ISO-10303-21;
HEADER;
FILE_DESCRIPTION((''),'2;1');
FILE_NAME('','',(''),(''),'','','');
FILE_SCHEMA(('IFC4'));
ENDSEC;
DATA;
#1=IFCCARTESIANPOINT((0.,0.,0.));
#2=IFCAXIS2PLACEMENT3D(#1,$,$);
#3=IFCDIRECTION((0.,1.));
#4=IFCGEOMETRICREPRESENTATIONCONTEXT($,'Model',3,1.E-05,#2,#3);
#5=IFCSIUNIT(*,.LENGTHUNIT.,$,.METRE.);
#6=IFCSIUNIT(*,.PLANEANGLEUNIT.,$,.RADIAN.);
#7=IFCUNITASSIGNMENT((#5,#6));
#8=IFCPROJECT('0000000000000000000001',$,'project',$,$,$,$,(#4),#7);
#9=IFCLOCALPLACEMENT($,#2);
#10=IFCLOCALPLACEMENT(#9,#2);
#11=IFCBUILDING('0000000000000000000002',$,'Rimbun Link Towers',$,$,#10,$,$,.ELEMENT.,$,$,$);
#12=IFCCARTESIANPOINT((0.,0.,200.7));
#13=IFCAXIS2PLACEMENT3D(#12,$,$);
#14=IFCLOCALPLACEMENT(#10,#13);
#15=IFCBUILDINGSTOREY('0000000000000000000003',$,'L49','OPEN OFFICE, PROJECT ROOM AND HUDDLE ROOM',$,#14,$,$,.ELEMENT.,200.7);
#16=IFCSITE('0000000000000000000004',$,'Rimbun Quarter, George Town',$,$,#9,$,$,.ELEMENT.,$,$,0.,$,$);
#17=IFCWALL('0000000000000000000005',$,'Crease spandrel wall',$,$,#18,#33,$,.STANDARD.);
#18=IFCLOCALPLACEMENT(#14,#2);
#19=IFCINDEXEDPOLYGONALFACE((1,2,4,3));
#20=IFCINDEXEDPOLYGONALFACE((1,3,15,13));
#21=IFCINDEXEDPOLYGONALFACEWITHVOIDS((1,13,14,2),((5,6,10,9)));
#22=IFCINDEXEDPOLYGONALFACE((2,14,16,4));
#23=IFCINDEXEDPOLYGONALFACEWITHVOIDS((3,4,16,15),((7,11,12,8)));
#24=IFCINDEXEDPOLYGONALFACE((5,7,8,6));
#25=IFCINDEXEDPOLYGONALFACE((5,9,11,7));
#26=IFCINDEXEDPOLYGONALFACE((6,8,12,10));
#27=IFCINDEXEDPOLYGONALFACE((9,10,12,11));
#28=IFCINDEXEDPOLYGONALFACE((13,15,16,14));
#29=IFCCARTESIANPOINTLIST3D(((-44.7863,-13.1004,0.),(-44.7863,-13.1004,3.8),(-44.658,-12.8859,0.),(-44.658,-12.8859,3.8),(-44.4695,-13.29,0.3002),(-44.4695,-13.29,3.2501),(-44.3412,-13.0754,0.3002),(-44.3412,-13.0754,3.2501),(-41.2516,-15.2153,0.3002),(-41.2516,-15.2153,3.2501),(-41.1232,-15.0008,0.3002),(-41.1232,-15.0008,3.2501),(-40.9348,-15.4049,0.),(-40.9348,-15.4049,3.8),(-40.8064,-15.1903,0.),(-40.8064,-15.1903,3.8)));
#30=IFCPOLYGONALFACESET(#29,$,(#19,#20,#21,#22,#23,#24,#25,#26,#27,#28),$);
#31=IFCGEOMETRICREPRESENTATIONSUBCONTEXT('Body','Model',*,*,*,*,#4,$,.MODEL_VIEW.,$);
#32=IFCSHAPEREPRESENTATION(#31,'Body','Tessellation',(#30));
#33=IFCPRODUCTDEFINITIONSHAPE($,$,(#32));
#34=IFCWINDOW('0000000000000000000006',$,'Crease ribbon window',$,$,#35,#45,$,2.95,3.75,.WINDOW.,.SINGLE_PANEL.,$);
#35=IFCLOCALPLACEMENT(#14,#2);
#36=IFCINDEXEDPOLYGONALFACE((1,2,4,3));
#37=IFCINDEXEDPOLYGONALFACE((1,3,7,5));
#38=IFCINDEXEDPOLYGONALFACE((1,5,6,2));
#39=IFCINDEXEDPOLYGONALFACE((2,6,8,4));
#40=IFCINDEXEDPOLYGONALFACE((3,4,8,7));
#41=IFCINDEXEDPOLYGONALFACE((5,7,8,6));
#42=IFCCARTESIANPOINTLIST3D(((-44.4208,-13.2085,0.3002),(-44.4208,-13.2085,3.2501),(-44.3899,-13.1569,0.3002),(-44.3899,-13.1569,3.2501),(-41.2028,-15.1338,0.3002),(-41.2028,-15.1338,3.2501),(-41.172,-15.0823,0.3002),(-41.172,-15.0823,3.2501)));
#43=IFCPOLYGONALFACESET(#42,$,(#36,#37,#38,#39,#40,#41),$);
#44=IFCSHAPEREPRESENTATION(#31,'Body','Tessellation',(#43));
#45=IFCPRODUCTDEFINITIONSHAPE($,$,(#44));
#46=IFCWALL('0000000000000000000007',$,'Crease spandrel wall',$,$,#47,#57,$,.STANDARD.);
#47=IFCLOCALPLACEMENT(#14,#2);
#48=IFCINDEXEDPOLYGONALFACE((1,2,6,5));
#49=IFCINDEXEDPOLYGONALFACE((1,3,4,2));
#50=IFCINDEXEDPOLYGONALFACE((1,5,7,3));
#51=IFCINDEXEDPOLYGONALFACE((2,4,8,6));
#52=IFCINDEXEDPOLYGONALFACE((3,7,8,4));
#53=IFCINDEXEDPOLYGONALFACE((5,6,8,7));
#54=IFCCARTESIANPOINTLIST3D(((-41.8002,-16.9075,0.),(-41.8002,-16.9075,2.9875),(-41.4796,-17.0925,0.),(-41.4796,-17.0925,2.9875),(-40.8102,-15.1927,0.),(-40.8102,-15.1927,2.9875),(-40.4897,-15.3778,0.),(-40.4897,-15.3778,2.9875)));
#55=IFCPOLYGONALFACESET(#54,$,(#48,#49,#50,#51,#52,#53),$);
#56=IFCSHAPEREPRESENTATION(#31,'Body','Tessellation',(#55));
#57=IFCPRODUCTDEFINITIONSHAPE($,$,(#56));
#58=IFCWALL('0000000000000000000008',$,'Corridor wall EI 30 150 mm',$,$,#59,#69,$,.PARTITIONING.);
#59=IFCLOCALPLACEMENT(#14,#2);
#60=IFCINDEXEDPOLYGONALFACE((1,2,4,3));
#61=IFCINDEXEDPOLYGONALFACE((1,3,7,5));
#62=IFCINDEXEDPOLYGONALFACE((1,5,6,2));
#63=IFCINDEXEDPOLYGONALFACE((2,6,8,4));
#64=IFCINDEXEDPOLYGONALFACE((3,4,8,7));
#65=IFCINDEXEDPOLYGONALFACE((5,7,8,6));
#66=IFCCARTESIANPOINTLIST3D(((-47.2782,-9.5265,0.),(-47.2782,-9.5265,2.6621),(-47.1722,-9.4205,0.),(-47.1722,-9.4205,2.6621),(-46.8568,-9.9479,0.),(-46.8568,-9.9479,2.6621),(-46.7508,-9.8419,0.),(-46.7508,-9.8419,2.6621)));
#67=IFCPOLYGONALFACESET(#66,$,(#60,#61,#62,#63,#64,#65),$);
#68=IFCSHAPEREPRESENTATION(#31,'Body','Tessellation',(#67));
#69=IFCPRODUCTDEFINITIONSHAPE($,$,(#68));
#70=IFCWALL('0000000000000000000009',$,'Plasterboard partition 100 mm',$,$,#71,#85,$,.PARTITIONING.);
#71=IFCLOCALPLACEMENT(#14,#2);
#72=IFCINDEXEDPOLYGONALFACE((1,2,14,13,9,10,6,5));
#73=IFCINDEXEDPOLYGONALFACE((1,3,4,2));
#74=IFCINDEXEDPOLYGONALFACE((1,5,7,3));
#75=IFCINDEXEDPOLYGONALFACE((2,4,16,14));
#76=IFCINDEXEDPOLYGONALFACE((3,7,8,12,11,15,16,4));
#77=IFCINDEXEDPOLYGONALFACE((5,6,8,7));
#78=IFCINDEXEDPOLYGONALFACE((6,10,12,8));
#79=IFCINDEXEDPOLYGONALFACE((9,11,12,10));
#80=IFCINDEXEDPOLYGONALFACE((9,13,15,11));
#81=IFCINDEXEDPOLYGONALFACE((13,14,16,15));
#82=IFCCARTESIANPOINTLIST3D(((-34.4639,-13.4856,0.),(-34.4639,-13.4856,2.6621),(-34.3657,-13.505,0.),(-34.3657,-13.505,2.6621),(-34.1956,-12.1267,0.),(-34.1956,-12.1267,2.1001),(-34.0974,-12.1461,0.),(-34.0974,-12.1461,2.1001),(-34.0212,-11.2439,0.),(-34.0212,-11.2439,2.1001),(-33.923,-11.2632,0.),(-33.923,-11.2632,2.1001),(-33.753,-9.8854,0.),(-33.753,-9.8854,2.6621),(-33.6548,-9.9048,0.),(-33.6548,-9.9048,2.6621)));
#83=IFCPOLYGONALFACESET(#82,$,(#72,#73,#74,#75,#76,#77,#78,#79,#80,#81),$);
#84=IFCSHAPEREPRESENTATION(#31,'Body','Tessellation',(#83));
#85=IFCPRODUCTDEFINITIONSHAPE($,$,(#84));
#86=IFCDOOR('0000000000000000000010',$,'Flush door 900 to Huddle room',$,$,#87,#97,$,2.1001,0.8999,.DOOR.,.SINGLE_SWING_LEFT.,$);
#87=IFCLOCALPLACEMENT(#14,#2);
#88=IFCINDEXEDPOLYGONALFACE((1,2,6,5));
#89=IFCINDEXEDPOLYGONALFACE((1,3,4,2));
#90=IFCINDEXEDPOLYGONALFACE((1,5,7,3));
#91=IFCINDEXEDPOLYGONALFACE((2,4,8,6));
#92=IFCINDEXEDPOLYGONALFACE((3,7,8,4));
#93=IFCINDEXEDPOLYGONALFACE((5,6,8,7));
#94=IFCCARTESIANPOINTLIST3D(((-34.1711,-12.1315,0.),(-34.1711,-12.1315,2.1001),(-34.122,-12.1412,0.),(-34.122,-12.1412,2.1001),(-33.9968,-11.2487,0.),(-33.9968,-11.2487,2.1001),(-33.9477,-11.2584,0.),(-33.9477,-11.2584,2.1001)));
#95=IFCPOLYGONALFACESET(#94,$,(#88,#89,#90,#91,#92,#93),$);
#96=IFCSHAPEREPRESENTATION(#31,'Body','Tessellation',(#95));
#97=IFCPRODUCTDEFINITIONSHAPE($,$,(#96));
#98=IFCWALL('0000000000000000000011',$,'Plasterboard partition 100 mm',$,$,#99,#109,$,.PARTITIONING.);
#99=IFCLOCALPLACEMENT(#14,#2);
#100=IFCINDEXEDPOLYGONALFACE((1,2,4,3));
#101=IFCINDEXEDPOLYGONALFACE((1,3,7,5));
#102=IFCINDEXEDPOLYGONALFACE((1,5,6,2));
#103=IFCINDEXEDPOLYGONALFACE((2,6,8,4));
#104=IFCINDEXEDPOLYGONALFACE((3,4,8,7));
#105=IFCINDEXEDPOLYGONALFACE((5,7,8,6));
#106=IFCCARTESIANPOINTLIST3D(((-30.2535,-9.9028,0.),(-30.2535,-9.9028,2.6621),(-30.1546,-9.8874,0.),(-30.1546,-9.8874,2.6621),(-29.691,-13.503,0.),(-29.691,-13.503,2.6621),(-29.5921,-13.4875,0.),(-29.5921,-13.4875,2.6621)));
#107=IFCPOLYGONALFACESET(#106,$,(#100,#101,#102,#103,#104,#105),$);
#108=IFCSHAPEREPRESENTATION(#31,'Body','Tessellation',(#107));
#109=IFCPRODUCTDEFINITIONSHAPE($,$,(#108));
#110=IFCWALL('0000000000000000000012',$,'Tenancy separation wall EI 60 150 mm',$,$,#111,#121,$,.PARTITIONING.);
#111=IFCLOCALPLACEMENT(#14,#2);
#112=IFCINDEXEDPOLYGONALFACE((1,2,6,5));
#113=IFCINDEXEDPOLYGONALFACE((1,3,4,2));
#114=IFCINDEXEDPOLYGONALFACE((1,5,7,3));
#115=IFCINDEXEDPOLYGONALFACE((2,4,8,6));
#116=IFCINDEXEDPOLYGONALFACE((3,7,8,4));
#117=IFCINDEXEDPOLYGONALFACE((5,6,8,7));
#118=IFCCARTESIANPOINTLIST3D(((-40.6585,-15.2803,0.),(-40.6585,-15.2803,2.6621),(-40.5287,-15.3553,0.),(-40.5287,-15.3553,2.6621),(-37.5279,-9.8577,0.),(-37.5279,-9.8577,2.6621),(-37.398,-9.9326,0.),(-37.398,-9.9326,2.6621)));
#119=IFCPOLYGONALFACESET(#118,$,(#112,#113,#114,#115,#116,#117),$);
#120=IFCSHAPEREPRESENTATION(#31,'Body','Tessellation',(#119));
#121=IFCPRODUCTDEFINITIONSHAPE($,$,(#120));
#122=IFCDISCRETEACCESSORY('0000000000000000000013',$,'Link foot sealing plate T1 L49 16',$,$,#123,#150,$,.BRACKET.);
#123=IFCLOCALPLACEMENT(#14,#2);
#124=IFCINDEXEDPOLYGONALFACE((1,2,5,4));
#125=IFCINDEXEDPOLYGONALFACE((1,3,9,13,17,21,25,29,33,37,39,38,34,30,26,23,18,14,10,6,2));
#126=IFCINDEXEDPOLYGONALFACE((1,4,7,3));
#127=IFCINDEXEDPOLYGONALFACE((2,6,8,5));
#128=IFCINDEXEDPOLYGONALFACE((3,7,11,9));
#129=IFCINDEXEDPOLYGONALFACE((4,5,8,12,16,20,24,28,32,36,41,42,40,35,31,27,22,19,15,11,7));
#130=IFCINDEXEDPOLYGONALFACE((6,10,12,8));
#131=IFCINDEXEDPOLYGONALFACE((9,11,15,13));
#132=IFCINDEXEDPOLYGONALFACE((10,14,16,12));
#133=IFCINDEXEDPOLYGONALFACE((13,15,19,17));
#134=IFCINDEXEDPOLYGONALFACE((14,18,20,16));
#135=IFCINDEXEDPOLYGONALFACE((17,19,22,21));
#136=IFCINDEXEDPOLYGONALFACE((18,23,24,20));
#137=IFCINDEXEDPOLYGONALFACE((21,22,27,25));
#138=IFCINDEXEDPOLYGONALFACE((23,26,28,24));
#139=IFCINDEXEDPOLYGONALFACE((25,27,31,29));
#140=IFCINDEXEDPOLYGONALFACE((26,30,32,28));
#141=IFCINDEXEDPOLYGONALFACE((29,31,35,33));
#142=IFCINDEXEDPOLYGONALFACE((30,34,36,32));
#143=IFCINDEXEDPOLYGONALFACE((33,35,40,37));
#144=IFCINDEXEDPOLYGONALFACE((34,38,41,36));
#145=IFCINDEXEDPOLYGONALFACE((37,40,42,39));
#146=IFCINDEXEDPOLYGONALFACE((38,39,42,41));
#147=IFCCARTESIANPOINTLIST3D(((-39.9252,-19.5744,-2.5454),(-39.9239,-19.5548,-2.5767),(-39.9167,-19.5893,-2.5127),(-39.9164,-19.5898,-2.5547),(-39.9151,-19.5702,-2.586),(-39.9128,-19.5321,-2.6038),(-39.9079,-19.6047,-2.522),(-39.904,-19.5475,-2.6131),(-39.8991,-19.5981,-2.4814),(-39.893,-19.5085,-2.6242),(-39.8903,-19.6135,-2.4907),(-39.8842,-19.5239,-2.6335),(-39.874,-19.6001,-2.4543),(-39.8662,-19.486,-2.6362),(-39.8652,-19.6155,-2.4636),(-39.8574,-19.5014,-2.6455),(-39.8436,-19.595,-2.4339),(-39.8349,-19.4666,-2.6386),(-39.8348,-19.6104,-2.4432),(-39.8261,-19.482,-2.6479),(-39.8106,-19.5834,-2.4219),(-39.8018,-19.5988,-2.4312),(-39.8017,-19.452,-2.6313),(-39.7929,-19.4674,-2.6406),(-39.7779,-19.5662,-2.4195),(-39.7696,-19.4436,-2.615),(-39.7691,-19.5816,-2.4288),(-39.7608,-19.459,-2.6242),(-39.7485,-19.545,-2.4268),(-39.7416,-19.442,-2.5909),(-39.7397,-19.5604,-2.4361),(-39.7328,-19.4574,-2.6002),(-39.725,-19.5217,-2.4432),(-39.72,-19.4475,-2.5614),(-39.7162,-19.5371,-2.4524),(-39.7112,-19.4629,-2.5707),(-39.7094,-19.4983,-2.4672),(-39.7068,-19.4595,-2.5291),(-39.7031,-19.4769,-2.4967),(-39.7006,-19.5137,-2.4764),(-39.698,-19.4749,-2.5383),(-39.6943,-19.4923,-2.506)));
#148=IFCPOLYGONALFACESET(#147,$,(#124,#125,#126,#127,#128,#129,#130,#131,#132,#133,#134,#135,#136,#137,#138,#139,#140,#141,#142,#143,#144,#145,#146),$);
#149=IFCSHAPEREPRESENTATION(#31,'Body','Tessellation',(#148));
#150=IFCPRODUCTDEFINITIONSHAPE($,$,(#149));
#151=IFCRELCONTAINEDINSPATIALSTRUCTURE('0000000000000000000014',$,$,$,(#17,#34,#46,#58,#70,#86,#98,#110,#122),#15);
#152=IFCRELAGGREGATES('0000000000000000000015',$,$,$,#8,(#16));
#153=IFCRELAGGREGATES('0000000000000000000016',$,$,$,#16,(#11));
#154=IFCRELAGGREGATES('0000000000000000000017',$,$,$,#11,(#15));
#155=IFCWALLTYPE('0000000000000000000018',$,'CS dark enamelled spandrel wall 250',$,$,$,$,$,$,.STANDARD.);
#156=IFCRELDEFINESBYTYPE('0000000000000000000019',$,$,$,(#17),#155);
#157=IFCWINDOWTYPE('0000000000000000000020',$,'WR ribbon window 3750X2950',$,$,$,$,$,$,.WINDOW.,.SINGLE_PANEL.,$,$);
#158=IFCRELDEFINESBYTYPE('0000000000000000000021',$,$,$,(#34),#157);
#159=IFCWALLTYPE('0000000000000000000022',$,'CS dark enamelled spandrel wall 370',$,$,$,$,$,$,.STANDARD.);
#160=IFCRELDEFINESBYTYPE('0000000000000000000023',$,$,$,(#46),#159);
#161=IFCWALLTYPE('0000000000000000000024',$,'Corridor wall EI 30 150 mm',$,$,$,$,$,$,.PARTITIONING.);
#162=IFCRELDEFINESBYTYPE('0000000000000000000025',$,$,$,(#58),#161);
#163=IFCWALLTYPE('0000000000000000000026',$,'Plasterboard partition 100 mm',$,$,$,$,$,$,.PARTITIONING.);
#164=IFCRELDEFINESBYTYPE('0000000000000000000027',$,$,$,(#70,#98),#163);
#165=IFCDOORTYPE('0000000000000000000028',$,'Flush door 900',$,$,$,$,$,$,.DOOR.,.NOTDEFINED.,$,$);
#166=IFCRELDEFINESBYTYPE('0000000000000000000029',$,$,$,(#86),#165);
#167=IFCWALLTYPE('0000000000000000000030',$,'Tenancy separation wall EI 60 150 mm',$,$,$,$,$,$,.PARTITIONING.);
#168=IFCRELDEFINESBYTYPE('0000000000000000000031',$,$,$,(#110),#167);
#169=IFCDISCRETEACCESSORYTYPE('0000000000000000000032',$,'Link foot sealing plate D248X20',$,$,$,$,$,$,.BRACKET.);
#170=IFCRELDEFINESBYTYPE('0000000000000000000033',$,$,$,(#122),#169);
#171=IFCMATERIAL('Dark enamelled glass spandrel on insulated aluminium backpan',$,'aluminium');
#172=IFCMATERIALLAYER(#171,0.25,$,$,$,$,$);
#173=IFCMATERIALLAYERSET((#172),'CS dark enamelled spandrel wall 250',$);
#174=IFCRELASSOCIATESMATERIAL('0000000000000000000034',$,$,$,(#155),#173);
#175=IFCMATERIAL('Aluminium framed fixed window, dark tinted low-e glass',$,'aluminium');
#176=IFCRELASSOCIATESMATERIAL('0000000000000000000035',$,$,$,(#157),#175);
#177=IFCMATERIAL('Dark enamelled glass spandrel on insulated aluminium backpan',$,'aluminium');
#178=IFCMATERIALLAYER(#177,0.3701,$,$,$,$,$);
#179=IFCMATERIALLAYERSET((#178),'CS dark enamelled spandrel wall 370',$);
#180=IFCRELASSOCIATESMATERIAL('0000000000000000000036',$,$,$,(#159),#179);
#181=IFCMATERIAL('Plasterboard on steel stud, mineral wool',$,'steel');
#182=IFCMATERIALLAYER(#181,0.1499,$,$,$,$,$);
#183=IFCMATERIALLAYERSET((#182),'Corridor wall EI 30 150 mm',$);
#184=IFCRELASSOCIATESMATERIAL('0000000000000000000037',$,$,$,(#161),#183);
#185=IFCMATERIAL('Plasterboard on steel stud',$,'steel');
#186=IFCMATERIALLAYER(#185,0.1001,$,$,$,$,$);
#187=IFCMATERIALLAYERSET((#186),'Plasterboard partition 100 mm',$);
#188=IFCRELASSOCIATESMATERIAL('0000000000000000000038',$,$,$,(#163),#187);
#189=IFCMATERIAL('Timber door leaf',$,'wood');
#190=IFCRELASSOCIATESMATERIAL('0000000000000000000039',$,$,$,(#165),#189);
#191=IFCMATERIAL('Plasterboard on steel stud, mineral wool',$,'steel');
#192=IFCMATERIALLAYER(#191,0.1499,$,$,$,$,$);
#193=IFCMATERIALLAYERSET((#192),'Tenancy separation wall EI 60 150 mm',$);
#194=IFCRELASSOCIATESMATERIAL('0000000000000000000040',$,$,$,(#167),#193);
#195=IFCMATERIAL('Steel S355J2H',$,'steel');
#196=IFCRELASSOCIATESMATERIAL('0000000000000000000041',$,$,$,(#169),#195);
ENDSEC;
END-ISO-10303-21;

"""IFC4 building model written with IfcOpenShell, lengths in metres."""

from ifc_helpers import new_model, si_unit, direction, frame, frame_2d, origin, origin_2d, place, context, subcontext, project, spatial, rectangle, circle, extrude, material, layer, layer_set, material_profile, profile_set, type_object, element, fill, save


model = new_model("IFC4")

# Units and contexts
model_context = context("Model", 3, precision=1e-05, world=origin(), true_north=direction((0.0, 1.0)))
body_context = subcontext(model_context, "Body", "Model", "MODEL_VIEW")
ifc_project = project(units=[si_unit("LENGTHUNIT", "METRE"), si_unit("PLANEANGLEUNIT", "RADIAN")], contexts=[model_context])

# Site, building, storey
site_placement = place(None, origin())
site = spatial("IfcSite", under=ifc_project, at=site_placement, Name="Rimbun Quarter, George Town", CompositionType="ELEMENT", RefElevation=0.0)
building_placement = place(site_placement, origin())
building = spatial("IfcBuilding", under=site, at=building_placement, Name="Rimbun Link Towers", CompositionType="ELEMENT")
storey_placement = place(building_placement, frame((0.0, 0.0, 200.7)))
storey = spatial("IfcBuildingStorey", under=building, at=storey_placement, Name="L49", Description="OPEN OFFICE, PROJECT ROOM AND HUDDLE ROOM", CompositionType="ELEMENT", Elevation=200.7)

# Wall, opening, window
ifc_material_1 = material(Name="Dark enamelled glass spandrel on insulated aluminium backpan", Category="aluminium")
ifc_layer_1 = layer(ifc_material_1, 0.25)
ifc_layer_set_1 = layer_set([ifc_layer_1], Name="CS dark enamelled spandrel wall 250")
wall_type_1 = type_object("IfcWallType", Name="CS dark enamelled spandrel wall 250", PredefinedType="STANDARD", material=ifc_layer_set_1)
wall_1_placement = place(storey_placement, frame((-40.8706, -15.2976, 0.0), z_axis=(0.0, 0.0, 1.0), x_axis=(-0.858131, 0.513431, 0.0)))
wall_1 = element("IfcWall", 1, at=wall_1_placement, inside=storey, type_object=wall_type_1, Name="Crease spandrel wall", PredefinedType="STANDARD", context=body_context, shape_type="SweptSolid", body=[
    extrude(rectangle(XDim=4.4883, YDim=0.25, at=frame_2d((2.2441, 0.0))), origin(), (0.0, 0.0, 1.0), 3.8),
])
opening_1_placement = place(wall_1_placement, frame((0.3691, 0.0, 0.3)))
opening_1 = element("IfcOpeningElement", 2, at=opening_1_placement, cuts=wall_1, PredefinedType="OPENING", context=body_context, shape_type="SweptSolid", body=[
    extrude(rectangle(XDim=3.75, YDim=2.95, at=frame_2d((1.875, 1.4751))), frame((0.0, 0.135, 0.0), z_axis=(0.0, -1.0, 0.0), x_axis=(1.0, 0.0, 0.0)), (0.0, 0.0, 1.0), 0.27),
])
ifc_material_2 = material(Name="Aluminium framed fixed window, dark tinted low-e glass", Category="aluminium")
window_type_1 = type_object("IfcWindowType", Name="WR ribbon window 3750X2950", PartitioningType="SINGLE_PANEL", PredefinedType="WINDOW", material=ifc_material_2)
window_1_placement = place(opening_1_placement, origin())
window_1 = element("IfcWindow", 3, at=window_1_placement, inside=storey, type_object=window_type_1, Name="Crease ribbon window", OverallHeight=2.95, OverallWidth=3.75, PartitioningType="SINGLE_PANEL", PredefinedType="WINDOW", context=body_context, shape_type="SweptSolid", body=[
    extrude(rectangle(XDim=3.75, YDim=2.95, at=frame_2d((1.875, 1.4751))), frame((0.0, 0.03, 0.0), z_axis=(0.0, -1.0, 0.0), x_axis=(1.0, 0.0, 0.0)), (0.0, 0.0, 1.0), 0.0601),
])
fill(opening_1, window_1)

# Walls
ifc_material_3 = material(Name="Dark enamelled glass spandrel on insulated aluminium backpan", Category="aluminium")
ifc_layer_2 = layer(ifc_material_3, 0.3701)
ifc_layer_set_2 = layer_set([ifc_layer_2], Name="CS dark enamelled spandrel wall 370")
wall_type_2 = type_object("IfcWallType", Name="CS dark enamelled spandrel wall 370", PredefinedType="STANDARD", material=ifc_layer_set_2)
wall_2_placement = place(storey_placement, frame((-41.6399, -17.0, 0.0), z_axis=(0.0, 0.0, 1.0), x_axis=(0.499971, 0.866042, 0.0)))
element("IfcWall", 4, at=wall_2_placement, inside=storey, type_object=wall_type_2, Name="Crease spandrel wall", PredefinedType="STANDARD", context=body_context, shape_type="SweptSolid", body=[
    extrude(rectangle(XDim=1.98, YDim=0.3701, at=frame_2d((0.99, 0.0))), origin(), (0.0, 0.0, 1.0), 2.9875),
])
ifc_material_4 = material(Name="Plasterboard on steel stud, mineral wool", Category="steel")
ifc_layer_3 = layer(ifc_material_4, 0.1499)
ifc_layer_set_3 = layer_set([ifc_layer_3], Name="Corridor wall EI 30 150 mm")
wall_type_3 = type_object("IfcWallType", Name="Corridor wall EI 30 150 mm", PredefinedType="PARTITIONING", material=ifc_layer_set_3)
wall_3_placement = place(storey_placement, frame((-47.2251, -9.4736, 0.0), z_axis=(0.0, 0.0, 1.0), x_axis=(0.707107, -0.707107, 0.0)))
element("IfcWall", 5, at=wall_3_placement, inside=storey, type_object=wall_type_3, Name="Corridor wall EI 30 150 mm", PredefinedType="PARTITIONING", context=body_context, shape_type="SweptSolid", body=[
    extrude(rectangle(XDim=0.5959, YDim=0.1499, at=frame_2d((0.2979, 0.0))), origin(), (0.0, 0.0, 1.0), 2.6621),
])

# Wall, opening, door
ifc_material_5 = material(Name="Plasterboard on steel stud", Category="steel")
ifc_layer_4 = layer(ifc_material_5, 0.1001)
ifc_layer_set_4 = layer_set([ifc_layer_4], Name="Plasterboard partition 100 mm")
wall_type_4 = type_object("IfcWallType", Name="Plasterboard partition 100 mm", PredefinedType="PARTITIONING", material=ifc_layer_set_4)
wall_4_placement = place(storey_placement, frame((-33.7039, -9.895, 0.0), z_axis=(0.0, 0.0, 1.0), x_axis=(-0.193736, -0.981054, 0.0)))
wall_4 = element("IfcWall", 6, at=wall_4_placement, inside=storey, type_object=wall_type_4, Name="Plasterboard partition 100 mm", PredefinedType="PARTITIONING", context=body_context, shape_type="SweptSolid", body=[
    extrude(rectangle(XDim=3.6697, YDim=0.1001, at=frame_2d((1.835, 0.0))), origin(), (0.0, 0.0, 1.0), 2.6621),
])
opening_2_placement = place(wall_4_placement, frame((1.3848, 0.0, 0.0)))
opening_2 = element("IfcOpeningElement", 7, at=opening_2_placement, cuts=wall_4, PredefinedType="OPENING", context=body_context, shape_type="SweptSolid", body=[
    extrude(rectangle(XDim=0.8999, YDim=2.1001, at=frame_2d((0.45, 1.05))), frame((0.0, 0.0601, 0.0), z_axis=(0.0, -1.0, 0.0), x_axis=(1.0, 0.0, 0.0)), (0.0, 0.0, 1.0), 0.1201),
])
ifc_material_6 = material(Name="Timber door leaf", Category="wood")
door_type = type_object("IfcDoorType", Name="Flush door 900", OperationType="NOTDEFINED", PredefinedType="DOOR", material=ifc_material_6)
door_placement = place(opening_2_placement, origin())
door = element("IfcDoor", 8, at=door_placement, inside=storey, type_object=door_type, Name="Flush door 900 to Huddle room", OperationType="SINGLE_SWING_LEFT", OverallHeight=2.1001, OverallWidth=0.8999, PredefinedType="DOOR", context=body_context, shape_type="SweptSolid", body=[
    extrude(rectangle(XDim=0.8999, YDim=2.1001, at=frame_2d((0.45, 1.05))), frame((0.0, 0.0249, 0.0), z_axis=(0.0, -1.0, 0.0), x_axis=(1.0, 0.0, 0.0)), (0.0, 0.0, 1.0), 0.05),
])
fill(opening_2, door)

# Walls
wall_5_placement = place(storey_placement, frame((-29.6416, -13.4951, 0.0), z_axis=(0.0, 0.0, 1.0), x_axis=(-0.154373, 0.988013, 0.0)))
element("IfcWall", 9, at=wall_5_placement, inside=storey, type_object=wall_type_4, Name="Plasterboard partition 100 mm", PredefinedType="PARTITIONING", context=body_context, shape_type="SweptSolid", body=[
    extrude(rectangle(XDim=3.6438, YDim=0.1001, at=frame_2d((1.8218, 0.0))), origin(), (0.0, 0.0, 1.0), 2.6621),
])
ifc_material_7 = material(Name="Plasterboard on steel stud, mineral wool", Category="steel")
ifc_layer_5 = layer(ifc_material_7, 0.1499)
ifc_layer_set_5 = layer_set([ifc_layer_5], Name="Tenancy separation wall EI 60 150 mm")
wall_type_5 = type_object("IfcWallType", Name="Tenancy separation wall EI 60 150 mm", PredefinedType="PARTITIONING", material=ifc_layer_set_5)
wall_6_placement = place(storey_placement, frame((-37.4629, -9.895, 0.0), z_axis=(0.0, 0.0, 1.0), x_axis=(-0.499985, -0.866034, 0.0)))
element("IfcWall", 10, at=wall_6_placement, inside=storey, type_object=wall_type_5, Name="Tenancy separation wall EI 60 150 mm", PredefinedType="PARTITIONING", context=body_context, shape_type="SweptSolid", body=[
    extrude(rectangle(XDim=6.2615, YDim=0.1499, at=frame_2d((3.1309, 0.0))), origin(), (0.0, 0.0, 1.0), 2.6621),
])

# Discrete accessory
ifc_material_8 = material(Name="Steel S355J2H", Category="steel")
ifc_material_profile_1 = material_profile(ifc_material_8, circle(Radius=0.124, at=origin_2d()), Name="PL D248")
ifc_profile_set_1 = profile_set([ifc_material_profile_1], Name="Steel S355J2H")
discrete_accessory_type = type_object("IfcDiscreteAccessoryType", Name="Link foot sealing plate D248X20", PredefinedType="BRACKET", material=ifc_profile_set_1)
discrete_accessory_1_placement = place(storey_placement, frame((-39.8145, -19.521, -2.5291), z_axis=(0.439515, -0.769151, -0.463932), x_axis=(0.868243, 0.496139, 0.0)))
element("IfcDiscreteAccessory", 11, at=discrete_accessory_1_placement, inside=storey, type_object=discrete_accessory_type, Name="Link foot sealing plate T1 L49 16", PredefinedType="BRACKET", context=body_context, shape_type="SweptSolid", body=[
    extrude(circle(Radius=0.124, at=origin_2d()), origin(), (0.0, 0.0, 1.0), 0.02),
])

save(model, "model.ifc")
